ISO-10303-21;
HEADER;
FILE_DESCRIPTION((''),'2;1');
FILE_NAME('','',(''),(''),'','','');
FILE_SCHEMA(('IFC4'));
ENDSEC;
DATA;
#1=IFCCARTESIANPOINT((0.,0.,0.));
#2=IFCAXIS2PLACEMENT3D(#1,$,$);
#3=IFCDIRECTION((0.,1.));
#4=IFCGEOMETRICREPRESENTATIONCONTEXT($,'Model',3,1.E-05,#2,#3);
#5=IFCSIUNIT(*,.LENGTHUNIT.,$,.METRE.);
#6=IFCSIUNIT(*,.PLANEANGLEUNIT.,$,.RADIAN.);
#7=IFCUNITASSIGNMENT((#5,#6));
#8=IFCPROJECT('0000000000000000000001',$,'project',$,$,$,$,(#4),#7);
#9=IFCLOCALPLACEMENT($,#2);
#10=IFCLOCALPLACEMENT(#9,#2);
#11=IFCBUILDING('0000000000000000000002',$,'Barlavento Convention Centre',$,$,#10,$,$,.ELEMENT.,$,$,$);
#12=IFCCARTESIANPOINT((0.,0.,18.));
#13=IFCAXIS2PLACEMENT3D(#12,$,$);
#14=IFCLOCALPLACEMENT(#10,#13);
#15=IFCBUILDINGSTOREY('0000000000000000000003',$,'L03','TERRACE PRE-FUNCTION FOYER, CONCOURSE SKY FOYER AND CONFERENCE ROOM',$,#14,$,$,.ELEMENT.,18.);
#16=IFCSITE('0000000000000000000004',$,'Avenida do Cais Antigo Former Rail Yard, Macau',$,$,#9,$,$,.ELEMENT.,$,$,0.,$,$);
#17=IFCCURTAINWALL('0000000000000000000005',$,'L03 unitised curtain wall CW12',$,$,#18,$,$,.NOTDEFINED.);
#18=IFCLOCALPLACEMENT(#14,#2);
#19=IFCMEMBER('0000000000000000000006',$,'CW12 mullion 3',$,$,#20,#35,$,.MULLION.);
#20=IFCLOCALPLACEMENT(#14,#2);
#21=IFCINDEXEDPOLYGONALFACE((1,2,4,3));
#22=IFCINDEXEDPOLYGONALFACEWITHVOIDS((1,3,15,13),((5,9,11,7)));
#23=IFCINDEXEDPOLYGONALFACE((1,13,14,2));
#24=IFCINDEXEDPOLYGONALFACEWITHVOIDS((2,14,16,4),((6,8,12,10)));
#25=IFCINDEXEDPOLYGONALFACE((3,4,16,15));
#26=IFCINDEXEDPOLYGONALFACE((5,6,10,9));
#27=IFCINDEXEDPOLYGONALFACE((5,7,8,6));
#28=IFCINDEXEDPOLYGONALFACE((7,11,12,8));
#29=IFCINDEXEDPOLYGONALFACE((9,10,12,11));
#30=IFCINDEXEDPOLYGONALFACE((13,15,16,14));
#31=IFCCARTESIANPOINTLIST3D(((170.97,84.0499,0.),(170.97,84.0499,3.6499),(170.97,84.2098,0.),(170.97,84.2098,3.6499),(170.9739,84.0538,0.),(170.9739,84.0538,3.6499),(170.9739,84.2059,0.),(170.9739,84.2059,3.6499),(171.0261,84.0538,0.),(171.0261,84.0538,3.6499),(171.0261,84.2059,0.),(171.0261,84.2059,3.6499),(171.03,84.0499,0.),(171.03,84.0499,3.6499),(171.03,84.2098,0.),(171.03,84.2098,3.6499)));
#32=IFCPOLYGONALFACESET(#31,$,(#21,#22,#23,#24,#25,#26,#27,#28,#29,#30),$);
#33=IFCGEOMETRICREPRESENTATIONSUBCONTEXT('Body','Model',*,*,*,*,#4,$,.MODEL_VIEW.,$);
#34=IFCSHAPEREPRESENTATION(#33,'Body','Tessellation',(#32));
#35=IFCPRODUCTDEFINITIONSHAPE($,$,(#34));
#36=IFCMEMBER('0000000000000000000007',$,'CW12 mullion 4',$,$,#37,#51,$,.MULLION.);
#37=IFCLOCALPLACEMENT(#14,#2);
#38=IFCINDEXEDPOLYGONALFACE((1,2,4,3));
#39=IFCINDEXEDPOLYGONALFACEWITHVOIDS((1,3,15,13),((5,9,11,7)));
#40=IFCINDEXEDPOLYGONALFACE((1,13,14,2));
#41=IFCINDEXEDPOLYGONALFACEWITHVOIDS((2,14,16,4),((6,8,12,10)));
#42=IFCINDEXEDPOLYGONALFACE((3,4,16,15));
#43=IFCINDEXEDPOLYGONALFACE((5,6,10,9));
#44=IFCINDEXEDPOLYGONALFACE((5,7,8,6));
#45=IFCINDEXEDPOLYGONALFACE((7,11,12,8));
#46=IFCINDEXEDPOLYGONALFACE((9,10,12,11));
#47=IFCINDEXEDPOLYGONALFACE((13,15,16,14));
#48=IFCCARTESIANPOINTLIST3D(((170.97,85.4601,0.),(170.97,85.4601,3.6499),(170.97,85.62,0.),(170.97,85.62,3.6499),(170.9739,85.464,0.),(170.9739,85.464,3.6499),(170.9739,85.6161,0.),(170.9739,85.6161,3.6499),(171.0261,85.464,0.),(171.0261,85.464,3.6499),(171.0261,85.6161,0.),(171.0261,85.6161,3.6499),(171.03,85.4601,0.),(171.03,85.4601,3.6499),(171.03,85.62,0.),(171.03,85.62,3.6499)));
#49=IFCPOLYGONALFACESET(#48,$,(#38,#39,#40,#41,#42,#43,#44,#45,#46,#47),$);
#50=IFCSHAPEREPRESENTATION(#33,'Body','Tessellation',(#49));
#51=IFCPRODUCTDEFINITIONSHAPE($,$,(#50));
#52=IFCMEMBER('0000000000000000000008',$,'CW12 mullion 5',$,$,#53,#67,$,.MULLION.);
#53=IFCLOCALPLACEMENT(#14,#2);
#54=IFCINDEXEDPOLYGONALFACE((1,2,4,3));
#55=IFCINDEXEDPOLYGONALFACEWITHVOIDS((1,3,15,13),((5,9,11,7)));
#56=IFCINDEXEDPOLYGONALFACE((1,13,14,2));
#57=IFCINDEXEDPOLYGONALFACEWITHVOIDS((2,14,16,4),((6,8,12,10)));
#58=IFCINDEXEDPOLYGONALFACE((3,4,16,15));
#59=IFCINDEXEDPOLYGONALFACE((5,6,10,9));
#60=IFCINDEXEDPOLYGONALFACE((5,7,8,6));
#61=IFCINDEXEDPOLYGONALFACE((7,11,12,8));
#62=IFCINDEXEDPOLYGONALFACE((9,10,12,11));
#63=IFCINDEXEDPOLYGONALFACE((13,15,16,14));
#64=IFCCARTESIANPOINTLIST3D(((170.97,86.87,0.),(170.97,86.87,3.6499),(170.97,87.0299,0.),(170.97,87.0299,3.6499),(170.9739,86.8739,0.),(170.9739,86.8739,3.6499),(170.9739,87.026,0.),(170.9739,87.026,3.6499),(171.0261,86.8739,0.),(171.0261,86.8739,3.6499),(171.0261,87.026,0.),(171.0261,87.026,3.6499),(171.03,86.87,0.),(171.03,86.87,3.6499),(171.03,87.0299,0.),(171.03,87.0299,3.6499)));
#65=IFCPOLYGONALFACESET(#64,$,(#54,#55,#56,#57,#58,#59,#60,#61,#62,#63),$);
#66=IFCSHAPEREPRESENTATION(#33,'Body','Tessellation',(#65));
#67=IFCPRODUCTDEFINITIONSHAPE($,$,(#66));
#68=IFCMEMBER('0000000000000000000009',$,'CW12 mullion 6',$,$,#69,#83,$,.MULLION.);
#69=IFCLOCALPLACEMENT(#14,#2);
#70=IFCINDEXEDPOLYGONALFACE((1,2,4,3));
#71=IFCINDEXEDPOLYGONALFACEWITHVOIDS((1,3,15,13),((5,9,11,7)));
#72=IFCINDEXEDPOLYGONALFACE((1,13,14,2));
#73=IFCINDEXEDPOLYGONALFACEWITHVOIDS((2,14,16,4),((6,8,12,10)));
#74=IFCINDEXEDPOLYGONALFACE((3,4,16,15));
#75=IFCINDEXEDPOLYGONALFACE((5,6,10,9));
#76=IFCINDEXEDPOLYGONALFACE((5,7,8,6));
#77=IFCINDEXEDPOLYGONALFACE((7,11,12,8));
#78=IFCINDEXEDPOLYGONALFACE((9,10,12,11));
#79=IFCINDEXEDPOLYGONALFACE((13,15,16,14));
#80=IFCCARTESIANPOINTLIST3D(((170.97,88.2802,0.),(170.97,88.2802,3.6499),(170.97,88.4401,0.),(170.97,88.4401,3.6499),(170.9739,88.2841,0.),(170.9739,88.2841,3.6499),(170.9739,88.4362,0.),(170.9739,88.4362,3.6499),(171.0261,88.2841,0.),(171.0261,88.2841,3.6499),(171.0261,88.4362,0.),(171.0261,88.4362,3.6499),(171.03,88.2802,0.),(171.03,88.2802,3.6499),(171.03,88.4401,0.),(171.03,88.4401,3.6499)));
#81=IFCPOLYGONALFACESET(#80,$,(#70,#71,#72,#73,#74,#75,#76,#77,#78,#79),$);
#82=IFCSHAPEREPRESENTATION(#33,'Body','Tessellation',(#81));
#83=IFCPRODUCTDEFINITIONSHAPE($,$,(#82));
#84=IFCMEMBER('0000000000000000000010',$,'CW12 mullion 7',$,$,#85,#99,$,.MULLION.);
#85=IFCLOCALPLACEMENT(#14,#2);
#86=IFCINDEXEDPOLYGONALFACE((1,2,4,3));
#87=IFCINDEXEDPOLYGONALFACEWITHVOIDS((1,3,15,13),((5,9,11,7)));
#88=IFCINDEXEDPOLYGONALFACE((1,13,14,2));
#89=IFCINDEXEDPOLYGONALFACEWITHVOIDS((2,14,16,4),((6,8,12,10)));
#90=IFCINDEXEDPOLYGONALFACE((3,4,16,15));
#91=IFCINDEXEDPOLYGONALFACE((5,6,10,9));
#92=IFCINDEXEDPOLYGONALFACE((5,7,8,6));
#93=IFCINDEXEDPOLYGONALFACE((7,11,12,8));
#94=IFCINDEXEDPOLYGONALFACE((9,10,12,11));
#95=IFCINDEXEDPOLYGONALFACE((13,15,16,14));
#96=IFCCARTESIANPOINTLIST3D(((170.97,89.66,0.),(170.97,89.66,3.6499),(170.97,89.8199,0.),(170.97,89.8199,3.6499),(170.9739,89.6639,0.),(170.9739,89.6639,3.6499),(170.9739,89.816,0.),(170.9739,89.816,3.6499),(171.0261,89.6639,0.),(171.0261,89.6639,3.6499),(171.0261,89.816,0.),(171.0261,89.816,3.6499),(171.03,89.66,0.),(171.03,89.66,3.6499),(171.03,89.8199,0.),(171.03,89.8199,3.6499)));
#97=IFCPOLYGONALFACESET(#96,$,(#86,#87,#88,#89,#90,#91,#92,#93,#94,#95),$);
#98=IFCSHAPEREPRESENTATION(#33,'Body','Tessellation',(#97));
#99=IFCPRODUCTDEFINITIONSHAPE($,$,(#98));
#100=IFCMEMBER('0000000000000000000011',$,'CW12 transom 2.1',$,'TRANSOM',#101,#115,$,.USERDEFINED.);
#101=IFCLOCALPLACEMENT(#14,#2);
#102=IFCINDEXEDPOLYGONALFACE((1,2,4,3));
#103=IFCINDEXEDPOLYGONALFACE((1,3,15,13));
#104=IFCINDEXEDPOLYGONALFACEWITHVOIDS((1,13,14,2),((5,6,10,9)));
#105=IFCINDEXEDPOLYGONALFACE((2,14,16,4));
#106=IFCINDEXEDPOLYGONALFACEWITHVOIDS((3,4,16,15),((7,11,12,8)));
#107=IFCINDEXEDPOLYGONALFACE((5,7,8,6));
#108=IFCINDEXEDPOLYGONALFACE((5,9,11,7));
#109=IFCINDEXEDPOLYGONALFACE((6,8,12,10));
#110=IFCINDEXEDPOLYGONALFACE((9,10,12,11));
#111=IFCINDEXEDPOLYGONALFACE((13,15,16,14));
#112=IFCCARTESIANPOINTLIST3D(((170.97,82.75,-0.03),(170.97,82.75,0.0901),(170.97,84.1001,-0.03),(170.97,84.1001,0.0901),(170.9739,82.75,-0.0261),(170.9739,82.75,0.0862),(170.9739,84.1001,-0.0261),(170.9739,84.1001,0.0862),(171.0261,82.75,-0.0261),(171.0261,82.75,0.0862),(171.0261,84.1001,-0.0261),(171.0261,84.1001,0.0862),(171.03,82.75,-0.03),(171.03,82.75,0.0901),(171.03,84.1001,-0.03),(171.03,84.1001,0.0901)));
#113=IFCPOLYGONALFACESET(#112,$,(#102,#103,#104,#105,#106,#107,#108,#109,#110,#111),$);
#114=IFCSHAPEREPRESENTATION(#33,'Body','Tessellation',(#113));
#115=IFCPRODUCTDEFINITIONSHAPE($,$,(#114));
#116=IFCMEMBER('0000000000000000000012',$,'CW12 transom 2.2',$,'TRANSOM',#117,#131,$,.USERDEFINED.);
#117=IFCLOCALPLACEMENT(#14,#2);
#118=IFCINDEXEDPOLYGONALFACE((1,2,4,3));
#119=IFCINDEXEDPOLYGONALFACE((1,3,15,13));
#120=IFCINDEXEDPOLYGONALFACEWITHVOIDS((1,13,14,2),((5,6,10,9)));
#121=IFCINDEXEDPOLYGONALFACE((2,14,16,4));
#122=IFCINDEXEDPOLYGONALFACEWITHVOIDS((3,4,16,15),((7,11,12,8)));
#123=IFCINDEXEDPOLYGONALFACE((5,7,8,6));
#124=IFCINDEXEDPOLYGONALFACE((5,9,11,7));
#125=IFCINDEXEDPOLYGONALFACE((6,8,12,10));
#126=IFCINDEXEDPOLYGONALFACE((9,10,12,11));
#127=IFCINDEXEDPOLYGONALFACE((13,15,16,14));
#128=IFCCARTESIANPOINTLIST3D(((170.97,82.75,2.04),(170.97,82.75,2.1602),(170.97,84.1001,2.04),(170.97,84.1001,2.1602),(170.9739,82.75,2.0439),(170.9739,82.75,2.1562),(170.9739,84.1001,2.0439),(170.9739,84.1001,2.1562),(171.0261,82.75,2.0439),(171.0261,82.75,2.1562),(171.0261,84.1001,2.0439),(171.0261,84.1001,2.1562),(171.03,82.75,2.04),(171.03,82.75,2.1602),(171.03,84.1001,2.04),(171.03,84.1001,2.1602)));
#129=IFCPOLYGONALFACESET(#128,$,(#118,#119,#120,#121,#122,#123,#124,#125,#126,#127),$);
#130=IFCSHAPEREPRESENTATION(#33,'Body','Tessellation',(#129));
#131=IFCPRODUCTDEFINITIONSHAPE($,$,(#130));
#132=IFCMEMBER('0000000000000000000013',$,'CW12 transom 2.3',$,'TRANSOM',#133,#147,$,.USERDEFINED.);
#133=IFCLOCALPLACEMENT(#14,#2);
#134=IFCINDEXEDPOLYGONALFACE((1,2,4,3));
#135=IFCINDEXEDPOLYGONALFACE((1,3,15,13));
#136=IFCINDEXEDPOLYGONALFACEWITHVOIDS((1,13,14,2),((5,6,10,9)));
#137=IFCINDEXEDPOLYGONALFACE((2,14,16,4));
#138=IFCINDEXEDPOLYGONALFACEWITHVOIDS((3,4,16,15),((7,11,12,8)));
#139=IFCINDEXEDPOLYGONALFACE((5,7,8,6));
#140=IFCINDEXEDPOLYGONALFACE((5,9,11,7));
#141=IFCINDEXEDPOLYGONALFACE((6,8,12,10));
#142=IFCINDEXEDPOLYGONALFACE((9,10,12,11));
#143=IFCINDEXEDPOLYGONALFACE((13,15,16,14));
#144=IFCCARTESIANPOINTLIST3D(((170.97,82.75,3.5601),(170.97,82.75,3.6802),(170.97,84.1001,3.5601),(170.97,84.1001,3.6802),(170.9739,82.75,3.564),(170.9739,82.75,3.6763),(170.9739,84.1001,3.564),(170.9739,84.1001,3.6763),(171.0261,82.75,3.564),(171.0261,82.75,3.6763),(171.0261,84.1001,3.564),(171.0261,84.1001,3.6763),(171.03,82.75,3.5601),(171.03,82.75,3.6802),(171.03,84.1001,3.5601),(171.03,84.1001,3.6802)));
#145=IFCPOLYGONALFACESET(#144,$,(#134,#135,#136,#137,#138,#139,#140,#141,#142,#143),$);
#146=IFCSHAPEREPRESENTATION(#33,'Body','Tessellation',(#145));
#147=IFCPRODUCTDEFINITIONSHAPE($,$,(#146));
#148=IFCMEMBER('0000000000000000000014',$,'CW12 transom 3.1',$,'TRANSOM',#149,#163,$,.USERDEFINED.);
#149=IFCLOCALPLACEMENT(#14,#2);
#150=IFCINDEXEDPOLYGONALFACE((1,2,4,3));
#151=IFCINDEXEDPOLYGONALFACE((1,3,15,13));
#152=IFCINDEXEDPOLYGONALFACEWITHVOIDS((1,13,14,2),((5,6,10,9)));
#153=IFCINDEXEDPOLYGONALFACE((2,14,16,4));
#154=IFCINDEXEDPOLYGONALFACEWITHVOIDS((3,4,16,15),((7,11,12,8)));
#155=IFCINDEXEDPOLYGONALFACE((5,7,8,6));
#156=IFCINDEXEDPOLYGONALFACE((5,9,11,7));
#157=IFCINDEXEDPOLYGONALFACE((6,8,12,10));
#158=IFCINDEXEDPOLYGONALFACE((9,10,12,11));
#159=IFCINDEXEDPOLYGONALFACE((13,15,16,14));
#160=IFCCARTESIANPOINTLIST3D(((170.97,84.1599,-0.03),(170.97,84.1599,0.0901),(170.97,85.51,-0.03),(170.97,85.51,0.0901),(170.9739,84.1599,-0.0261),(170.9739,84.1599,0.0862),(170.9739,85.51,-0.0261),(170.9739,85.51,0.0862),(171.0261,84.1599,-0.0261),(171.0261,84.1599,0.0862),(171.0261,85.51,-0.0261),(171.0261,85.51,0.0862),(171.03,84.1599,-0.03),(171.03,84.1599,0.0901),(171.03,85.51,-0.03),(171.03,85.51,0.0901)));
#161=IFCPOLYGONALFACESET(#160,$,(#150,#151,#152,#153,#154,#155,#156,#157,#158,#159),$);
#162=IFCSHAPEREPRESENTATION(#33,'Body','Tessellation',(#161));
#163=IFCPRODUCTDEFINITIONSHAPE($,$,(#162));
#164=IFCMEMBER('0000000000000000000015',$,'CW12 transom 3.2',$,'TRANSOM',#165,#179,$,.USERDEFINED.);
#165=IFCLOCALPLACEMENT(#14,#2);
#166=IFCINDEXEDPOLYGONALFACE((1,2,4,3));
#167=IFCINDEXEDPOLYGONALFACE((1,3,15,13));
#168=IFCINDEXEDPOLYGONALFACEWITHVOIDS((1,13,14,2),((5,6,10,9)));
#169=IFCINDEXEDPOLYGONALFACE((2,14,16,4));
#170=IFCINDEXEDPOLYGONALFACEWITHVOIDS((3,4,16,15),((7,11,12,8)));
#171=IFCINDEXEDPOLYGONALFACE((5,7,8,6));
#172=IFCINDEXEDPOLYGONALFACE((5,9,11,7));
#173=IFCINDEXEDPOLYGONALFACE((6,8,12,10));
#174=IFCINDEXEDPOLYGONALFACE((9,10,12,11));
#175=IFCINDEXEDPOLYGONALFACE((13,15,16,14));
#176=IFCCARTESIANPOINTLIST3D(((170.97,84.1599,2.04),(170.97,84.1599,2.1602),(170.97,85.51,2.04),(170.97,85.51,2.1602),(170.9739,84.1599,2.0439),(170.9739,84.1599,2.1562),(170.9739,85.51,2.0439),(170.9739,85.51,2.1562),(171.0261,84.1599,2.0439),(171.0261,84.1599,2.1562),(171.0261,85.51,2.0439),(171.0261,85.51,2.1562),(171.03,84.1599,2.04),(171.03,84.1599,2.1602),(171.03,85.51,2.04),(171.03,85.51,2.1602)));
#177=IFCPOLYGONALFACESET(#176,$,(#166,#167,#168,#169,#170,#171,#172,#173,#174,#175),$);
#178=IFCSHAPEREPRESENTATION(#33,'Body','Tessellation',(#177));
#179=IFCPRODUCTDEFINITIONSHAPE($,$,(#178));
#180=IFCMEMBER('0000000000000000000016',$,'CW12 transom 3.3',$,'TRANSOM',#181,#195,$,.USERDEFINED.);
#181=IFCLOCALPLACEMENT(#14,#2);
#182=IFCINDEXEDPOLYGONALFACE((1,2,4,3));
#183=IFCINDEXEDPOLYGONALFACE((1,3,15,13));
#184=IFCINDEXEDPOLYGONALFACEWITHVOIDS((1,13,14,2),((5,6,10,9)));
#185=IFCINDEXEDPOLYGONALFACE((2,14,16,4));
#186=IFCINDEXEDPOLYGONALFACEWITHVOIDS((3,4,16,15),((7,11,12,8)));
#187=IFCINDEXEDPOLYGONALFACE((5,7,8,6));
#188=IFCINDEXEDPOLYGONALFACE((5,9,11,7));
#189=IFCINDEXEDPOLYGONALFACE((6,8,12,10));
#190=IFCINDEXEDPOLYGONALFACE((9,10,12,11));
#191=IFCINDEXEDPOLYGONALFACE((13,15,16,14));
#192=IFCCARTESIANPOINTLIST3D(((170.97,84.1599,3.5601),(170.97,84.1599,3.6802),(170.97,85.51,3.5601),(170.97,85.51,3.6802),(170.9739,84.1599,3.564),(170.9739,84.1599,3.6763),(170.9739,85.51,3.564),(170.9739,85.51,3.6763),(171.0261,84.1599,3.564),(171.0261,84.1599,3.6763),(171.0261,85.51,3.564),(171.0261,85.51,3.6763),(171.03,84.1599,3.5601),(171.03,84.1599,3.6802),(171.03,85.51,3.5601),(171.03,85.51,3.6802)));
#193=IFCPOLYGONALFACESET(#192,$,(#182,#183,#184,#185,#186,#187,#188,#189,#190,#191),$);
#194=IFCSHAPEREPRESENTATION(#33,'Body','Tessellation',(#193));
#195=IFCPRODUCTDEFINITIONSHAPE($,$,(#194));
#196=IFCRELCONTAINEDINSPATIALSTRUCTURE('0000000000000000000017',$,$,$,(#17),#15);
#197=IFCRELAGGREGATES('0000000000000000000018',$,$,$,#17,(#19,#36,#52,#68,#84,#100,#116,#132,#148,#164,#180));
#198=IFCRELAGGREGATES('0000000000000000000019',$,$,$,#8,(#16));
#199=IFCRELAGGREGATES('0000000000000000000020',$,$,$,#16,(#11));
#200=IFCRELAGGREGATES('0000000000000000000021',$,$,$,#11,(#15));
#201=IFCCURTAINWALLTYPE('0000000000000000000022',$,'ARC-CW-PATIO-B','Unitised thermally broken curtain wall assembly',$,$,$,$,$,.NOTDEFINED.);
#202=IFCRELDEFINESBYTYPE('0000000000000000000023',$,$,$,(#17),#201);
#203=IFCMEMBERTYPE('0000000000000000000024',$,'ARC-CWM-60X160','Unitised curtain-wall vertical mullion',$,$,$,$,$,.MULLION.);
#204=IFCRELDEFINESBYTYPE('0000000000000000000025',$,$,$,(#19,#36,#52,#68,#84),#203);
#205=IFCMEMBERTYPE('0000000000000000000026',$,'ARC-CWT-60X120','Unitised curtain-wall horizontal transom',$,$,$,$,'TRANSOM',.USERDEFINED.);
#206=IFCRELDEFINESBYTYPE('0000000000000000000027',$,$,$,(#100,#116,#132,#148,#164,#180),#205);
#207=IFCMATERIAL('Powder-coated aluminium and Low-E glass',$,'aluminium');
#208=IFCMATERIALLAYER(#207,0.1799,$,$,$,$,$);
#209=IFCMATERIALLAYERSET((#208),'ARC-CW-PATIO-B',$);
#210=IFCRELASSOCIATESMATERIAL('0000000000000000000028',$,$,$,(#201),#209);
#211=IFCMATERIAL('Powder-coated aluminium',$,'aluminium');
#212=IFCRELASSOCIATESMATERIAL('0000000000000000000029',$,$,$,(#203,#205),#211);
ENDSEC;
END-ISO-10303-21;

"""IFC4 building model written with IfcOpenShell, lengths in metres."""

from ifc_helpers import new_model, si_unit, direction, frame, origin, origin_2d, place, context, subcontext, project, spatial, hollow_rectangle, extrude, material, layer, layer_set, material_profile, profile_set, type_object, element, aggregate, save


model = new_model("IFC4")

# Units and contexts
model_context = context("Model", 3, precision=1e-05, world=origin(), true_north=direction((0.0, 1.0)))
body_context = subcontext(model_context, "Body", "Model", "MODEL_VIEW")
ifc_project = project(units=[si_unit("LENGTHUNIT", "METRE"), si_unit("PLANEANGLEUNIT", "RADIAN")], contexts=[model_context])

# Site, building, storey
site_placement = place(None, origin())
site = spatial("IfcSite", under=ifc_project, at=site_placement, Name="Avenida do Cais Antigo Former Rail Yard, Macau", CompositionType="ELEMENT", RefElevation=0.0)
building_placement = place(site_placement, origin())
building = spatial("IfcBuilding", under=site, at=building_placement, Name="Barlavento Convention Centre", CompositionType="ELEMENT")
storey_placement = place(building_placement, frame((0.0, 0.0, 18.0)))
storey = spatial("IfcBuildingStorey", under=building, at=storey_placement, Name="L03", Description="TERRACE PRE-FUNCTION FOYER, CONCOURSE SKY FOYER AND CONFERENCE ROOM", CompositionType="ELEMENT", Elevation=18.0)

# Curtain wall, members
ifc_material_1 = material(Name="Powder-coated aluminium and Low-E glass", Category="aluminium")
ifc_layer_1 = layer(ifc_material_1, 0.1799)
ifc_layer_set_1 = layer_set([ifc_layer_1], Name="ARC-CW-PATIO-B")
curtain_wall_type = type_object("IfcCurtainWallType", Name="ARC-CW-PATIO-B", Description="Unitised thermally broken curtain wall assembly", PredefinedType="NOTDEFINED", material=ifc_layer_set_1)
curtain_wall_placement = place(storey_placement, origin())
curtain_wall = element("IfcCurtainWall", 1, at=curtain_wall_placement, inside=storey, type_object=curtain_wall_type, Name="L03 unitised curtain wall CW12", PredefinedType="NOTDEFINED")
ifc_material_2 = material(Name="Powder-coated aluminium", Category="aluminium")
ifc_material_profile_1 = material_profile(ifc_material_2, hollow_rectangle(XDim=0.0601, YDim=0.1599, WallThickness=0.0039, at=origin_2d()), Name="AL-MULL 60x160x4")
ifc_profile_set_1 = profile_set([ifc_material_profile_1], Name="Powder-coated aluminium")
member_type_1 = type_object("IfcMemberType", Name="ARC-CWM-60X160", Description="Unitised curtain-wall vertical mullion", PredefinedType="MULLION", material=ifc_profile_set_1)
member_1_placement = place(storey_placement, frame((171.0, 84.1299, 0.0), z_axis=(0.0, 0.0, 1.0), x_axis=(-1.0, 0.0, 0.0)))
member_1 = element("IfcMember", 2, at=member_1_placement, type_object=member_type_1, Name="CW12 mullion 3", PredefinedType="MULLION", context=body_context, shape_type="SweptSolid", body=[
    extrude(hollow_rectangle(XDim=0.0601, YDim=0.1599, WallThickness=0.0039, at=origin_2d()), origin(), (0.0, 0.0, 1.0), 3.6499),
])
member_2_placement = place(storey_placement, frame((171.0, 85.54, 0.0), z_axis=(0.0, 0.0, 1.0), x_axis=(-1.0, 0.0, 0.0)))
member_2 = element("IfcMember", 3, at=member_2_placement, type_object=member_type_1, Name="CW12 mullion 4", PredefinedType="MULLION", context=body_context, shape_type="SweptSolid", body=[
    extrude(hollow_rectangle(XDim=0.0601, YDim=0.1599, WallThickness=0.0039, at=origin_2d()), origin(), (0.0, 0.0, 1.0), 3.6499),
])
member_3_placement = place(storey_placement, frame((171.0, 86.95, 0.0), z_axis=(0.0, 0.0, 1.0), x_axis=(-1.0, 0.0, 0.0)))
member_3 = element("IfcMember", 4, at=member_3_placement, type_object=member_type_1, Name="CW12 mullion 5", PredefinedType="MULLION", context=body_context, shape_type="SweptSolid", body=[
    extrude(hollow_rectangle(XDim=0.0601, YDim=0.1599, WallThickness=0.0039, at=origin_2d()), origin(), (0.0, 0.0, 1.0), 3.6499),
])
member_4_placement = place(storey_placement, frame((171.0, 88.3601, 0.0), z_axis=(0.0, 0.0, 1.0), x_axis=(-1.0, 0.0, 0.0)))
member_4 = element("IfcMember", 5, at=member_4_placement, type_object=member_type_1, Name="CW12 mullion 6", PredefinedType="MULLION", context=body_context, shape_type="SweptSolid", body=[
    extrude(hollow_rectangle(XDim=0.0601, YDim=0.1599, WallThickness=0.0039, at=origin_2d()), origin(), (0.0, 0.0, 1.0), 3.6499),
])
member_5_placement = place(storey_placement, frame((171.0, 89.74, 0.0), z_axis=(0.0, 0.0, 1.0), x_axis=(-1.0, 0.0, 0.0)))
member_5 = element("IfcMember", 6, at=member_5_placement, type_object=member_type_1, Name="CW12 mullion 7", PredefinedType="MULLION", context=body_context, shape_type="SweptSolid", body=[
    extrude(hollow_rectangle(XDim=0.0601, YDim=0.1599, WallThickness=0.0039, at=origin_2d()), origin(), (0.0, 0.0, 1.0), 3.6499),
])
ifc_material_profile_2 = material_profile(ifc_material_2, hollow_rectangle(XDim=0.0601, YDim=0.1201, WallThickness=0.0039, at=origin_2d()), Name="AL-TRAN 60x120x4")
ifc_profile_set_2 = profile_set([ifc_material_profile_2], Name="Powder-coated aluminium")
member_type_2 = type_object("IfcMemberType", Name="ARC-CWT-60X120", Description="Unitised curtain-wall horizontal transom", ElementType="TRANSOM", PredefinedType="USERDEFINED", material=ifc_profile_set_2)
member_6_placement = place(storey_placement, frame((171.0, 82.75, 0.03), z_axis=(0.0, 1.0, 0.0), x_axis=(-1.0, 0.0, 0.0)))
member_6 = element("IfcMember", 7, at=member_6_placement, type_object=member_type_2, Name="CW12 transom 2.1", ObjectType="TRANSOM", PredefinedType="USERDEFINED", context=body_context, shape_type="SweptSolid", body=[
    extrude(hollow_rectangle(XDim=0.0601, YDim=0.1201, WallThickness=0.0039, at=origin_2d()), origin(), (0.0, 0.0, 1.0), 1.3501),
])
member_7_placement = place(storey_placement, frame((171.0, 82.75, 2.1001), z_axis=(0.0, 1.0, 0.0), x_axis=(-1.0, 0.0, 0.0)))
member_7 = element("IfcMember", 8, at=member_7_placement, type_object=member_type_2, Name="CW12 transom 2.2", ObjectType="TRANSOM", PredefinedType="USERDEFINED", context=body_context, shape_type="SweptSolid", body=[
    extrude(hollow_rectangle(XDim=0.0601, YDim=0.1201, WallThickness=0.0039, at=origin_2d()), origin(), (0.0, 0.0, 1.0), 1.3501),
])
member_8_placement = place(storey_placement, frame((171.0, 82.75, 3.6201), z_axis=(0.0, 1.0, 0.0), x_axis=(-1.0, 0.0, 0.0)))
member_8 = element("IfcMember", 9, at=member_8_placement, type_object=member_type_2, Name="CW12 transom 2.3", ObjectType="TRANSOM", PredefinedType="USERDEFINED", context=body_context, shape_type="SweptSolid", body=[
    extrude(hollow_rectangle(XDim=0.0601, YDim=0.1201, WallThickness=0.0039, at=origin_2d()), origin(), (0.0, 0.0, 1.0), 1.3501),
])
member_9_placement = place(storey_placement, frame((171.0, 84.1599, 0.03), z_axis=(0.0, 1.0, 0.0), x_axis=(-1.0, 0.0, 0.0)))
member_9 = element("IfcMember", 10, at=member_9_placement, type_object=member_type_2, Name="CW12 transom 3.1", ObjectType="TRANSOM", PredefinedType="USERDEFINED", context=body_context, shape_type="SweptSolid", body=[
    extrude(hollow_rectangle(XDim=0.0601, YDim=0.1201, WallThickness=0.0039, at=origin_2d()), origin(), (0.0, 0.0, 1.0), 1.3501),
])
member_10_placement = place(storey_placement, frame((171.0, 84.1599, 2.1001), z_axis=(0.0, 1.0, 0.0), x_axis=(-1.0, 0.0, 0.0)))
member_10 = element("IfcMember", 11, at=member_10_placement, type_object=member_type_2, Name="CW12 transom 3.2", ObjectType="TRANSOM", PredefinedType="USERDEFINED", context=body_context, shape_type="SweptSolid", body=[
    extrude(hollow_rectangle(XDim=0.0601, YDim=0.1201, WallThickness=0.0039, at=origin_2d()), origin(), (0.0, 0.0, 1.0), 1.3501),
])
member_11_placement = place(storey_placement, frame((171.0, 84.1599, 3.6201), z_axis=(0.0, 1.0, 0.0), x_axis=(-1.0, 0.0, 0.0)))
member_11 = element("IfcMember", 12, at=member_11_placement, type_object=member_type_2, Name="CW12 transom 3.3", ObjectType="TRANSOM", PredefinedType="USERDEFINED", context=body_context, shape_type="SweptSolid", body=[
    extrude(hollow_rectangle(XDim=0.0601, YDim=0.1201, WallThickness=0.0039, at=origin_2d()), origin(), (0.0, 0.0, 1.0), 1.3501),
])

aggregate(curtain_wall, [member_1, member_2, member_3, member_4, member_5, member_6, member_7, member_8, member_9, member_10, member_11])

save(model, "model.ifc")
